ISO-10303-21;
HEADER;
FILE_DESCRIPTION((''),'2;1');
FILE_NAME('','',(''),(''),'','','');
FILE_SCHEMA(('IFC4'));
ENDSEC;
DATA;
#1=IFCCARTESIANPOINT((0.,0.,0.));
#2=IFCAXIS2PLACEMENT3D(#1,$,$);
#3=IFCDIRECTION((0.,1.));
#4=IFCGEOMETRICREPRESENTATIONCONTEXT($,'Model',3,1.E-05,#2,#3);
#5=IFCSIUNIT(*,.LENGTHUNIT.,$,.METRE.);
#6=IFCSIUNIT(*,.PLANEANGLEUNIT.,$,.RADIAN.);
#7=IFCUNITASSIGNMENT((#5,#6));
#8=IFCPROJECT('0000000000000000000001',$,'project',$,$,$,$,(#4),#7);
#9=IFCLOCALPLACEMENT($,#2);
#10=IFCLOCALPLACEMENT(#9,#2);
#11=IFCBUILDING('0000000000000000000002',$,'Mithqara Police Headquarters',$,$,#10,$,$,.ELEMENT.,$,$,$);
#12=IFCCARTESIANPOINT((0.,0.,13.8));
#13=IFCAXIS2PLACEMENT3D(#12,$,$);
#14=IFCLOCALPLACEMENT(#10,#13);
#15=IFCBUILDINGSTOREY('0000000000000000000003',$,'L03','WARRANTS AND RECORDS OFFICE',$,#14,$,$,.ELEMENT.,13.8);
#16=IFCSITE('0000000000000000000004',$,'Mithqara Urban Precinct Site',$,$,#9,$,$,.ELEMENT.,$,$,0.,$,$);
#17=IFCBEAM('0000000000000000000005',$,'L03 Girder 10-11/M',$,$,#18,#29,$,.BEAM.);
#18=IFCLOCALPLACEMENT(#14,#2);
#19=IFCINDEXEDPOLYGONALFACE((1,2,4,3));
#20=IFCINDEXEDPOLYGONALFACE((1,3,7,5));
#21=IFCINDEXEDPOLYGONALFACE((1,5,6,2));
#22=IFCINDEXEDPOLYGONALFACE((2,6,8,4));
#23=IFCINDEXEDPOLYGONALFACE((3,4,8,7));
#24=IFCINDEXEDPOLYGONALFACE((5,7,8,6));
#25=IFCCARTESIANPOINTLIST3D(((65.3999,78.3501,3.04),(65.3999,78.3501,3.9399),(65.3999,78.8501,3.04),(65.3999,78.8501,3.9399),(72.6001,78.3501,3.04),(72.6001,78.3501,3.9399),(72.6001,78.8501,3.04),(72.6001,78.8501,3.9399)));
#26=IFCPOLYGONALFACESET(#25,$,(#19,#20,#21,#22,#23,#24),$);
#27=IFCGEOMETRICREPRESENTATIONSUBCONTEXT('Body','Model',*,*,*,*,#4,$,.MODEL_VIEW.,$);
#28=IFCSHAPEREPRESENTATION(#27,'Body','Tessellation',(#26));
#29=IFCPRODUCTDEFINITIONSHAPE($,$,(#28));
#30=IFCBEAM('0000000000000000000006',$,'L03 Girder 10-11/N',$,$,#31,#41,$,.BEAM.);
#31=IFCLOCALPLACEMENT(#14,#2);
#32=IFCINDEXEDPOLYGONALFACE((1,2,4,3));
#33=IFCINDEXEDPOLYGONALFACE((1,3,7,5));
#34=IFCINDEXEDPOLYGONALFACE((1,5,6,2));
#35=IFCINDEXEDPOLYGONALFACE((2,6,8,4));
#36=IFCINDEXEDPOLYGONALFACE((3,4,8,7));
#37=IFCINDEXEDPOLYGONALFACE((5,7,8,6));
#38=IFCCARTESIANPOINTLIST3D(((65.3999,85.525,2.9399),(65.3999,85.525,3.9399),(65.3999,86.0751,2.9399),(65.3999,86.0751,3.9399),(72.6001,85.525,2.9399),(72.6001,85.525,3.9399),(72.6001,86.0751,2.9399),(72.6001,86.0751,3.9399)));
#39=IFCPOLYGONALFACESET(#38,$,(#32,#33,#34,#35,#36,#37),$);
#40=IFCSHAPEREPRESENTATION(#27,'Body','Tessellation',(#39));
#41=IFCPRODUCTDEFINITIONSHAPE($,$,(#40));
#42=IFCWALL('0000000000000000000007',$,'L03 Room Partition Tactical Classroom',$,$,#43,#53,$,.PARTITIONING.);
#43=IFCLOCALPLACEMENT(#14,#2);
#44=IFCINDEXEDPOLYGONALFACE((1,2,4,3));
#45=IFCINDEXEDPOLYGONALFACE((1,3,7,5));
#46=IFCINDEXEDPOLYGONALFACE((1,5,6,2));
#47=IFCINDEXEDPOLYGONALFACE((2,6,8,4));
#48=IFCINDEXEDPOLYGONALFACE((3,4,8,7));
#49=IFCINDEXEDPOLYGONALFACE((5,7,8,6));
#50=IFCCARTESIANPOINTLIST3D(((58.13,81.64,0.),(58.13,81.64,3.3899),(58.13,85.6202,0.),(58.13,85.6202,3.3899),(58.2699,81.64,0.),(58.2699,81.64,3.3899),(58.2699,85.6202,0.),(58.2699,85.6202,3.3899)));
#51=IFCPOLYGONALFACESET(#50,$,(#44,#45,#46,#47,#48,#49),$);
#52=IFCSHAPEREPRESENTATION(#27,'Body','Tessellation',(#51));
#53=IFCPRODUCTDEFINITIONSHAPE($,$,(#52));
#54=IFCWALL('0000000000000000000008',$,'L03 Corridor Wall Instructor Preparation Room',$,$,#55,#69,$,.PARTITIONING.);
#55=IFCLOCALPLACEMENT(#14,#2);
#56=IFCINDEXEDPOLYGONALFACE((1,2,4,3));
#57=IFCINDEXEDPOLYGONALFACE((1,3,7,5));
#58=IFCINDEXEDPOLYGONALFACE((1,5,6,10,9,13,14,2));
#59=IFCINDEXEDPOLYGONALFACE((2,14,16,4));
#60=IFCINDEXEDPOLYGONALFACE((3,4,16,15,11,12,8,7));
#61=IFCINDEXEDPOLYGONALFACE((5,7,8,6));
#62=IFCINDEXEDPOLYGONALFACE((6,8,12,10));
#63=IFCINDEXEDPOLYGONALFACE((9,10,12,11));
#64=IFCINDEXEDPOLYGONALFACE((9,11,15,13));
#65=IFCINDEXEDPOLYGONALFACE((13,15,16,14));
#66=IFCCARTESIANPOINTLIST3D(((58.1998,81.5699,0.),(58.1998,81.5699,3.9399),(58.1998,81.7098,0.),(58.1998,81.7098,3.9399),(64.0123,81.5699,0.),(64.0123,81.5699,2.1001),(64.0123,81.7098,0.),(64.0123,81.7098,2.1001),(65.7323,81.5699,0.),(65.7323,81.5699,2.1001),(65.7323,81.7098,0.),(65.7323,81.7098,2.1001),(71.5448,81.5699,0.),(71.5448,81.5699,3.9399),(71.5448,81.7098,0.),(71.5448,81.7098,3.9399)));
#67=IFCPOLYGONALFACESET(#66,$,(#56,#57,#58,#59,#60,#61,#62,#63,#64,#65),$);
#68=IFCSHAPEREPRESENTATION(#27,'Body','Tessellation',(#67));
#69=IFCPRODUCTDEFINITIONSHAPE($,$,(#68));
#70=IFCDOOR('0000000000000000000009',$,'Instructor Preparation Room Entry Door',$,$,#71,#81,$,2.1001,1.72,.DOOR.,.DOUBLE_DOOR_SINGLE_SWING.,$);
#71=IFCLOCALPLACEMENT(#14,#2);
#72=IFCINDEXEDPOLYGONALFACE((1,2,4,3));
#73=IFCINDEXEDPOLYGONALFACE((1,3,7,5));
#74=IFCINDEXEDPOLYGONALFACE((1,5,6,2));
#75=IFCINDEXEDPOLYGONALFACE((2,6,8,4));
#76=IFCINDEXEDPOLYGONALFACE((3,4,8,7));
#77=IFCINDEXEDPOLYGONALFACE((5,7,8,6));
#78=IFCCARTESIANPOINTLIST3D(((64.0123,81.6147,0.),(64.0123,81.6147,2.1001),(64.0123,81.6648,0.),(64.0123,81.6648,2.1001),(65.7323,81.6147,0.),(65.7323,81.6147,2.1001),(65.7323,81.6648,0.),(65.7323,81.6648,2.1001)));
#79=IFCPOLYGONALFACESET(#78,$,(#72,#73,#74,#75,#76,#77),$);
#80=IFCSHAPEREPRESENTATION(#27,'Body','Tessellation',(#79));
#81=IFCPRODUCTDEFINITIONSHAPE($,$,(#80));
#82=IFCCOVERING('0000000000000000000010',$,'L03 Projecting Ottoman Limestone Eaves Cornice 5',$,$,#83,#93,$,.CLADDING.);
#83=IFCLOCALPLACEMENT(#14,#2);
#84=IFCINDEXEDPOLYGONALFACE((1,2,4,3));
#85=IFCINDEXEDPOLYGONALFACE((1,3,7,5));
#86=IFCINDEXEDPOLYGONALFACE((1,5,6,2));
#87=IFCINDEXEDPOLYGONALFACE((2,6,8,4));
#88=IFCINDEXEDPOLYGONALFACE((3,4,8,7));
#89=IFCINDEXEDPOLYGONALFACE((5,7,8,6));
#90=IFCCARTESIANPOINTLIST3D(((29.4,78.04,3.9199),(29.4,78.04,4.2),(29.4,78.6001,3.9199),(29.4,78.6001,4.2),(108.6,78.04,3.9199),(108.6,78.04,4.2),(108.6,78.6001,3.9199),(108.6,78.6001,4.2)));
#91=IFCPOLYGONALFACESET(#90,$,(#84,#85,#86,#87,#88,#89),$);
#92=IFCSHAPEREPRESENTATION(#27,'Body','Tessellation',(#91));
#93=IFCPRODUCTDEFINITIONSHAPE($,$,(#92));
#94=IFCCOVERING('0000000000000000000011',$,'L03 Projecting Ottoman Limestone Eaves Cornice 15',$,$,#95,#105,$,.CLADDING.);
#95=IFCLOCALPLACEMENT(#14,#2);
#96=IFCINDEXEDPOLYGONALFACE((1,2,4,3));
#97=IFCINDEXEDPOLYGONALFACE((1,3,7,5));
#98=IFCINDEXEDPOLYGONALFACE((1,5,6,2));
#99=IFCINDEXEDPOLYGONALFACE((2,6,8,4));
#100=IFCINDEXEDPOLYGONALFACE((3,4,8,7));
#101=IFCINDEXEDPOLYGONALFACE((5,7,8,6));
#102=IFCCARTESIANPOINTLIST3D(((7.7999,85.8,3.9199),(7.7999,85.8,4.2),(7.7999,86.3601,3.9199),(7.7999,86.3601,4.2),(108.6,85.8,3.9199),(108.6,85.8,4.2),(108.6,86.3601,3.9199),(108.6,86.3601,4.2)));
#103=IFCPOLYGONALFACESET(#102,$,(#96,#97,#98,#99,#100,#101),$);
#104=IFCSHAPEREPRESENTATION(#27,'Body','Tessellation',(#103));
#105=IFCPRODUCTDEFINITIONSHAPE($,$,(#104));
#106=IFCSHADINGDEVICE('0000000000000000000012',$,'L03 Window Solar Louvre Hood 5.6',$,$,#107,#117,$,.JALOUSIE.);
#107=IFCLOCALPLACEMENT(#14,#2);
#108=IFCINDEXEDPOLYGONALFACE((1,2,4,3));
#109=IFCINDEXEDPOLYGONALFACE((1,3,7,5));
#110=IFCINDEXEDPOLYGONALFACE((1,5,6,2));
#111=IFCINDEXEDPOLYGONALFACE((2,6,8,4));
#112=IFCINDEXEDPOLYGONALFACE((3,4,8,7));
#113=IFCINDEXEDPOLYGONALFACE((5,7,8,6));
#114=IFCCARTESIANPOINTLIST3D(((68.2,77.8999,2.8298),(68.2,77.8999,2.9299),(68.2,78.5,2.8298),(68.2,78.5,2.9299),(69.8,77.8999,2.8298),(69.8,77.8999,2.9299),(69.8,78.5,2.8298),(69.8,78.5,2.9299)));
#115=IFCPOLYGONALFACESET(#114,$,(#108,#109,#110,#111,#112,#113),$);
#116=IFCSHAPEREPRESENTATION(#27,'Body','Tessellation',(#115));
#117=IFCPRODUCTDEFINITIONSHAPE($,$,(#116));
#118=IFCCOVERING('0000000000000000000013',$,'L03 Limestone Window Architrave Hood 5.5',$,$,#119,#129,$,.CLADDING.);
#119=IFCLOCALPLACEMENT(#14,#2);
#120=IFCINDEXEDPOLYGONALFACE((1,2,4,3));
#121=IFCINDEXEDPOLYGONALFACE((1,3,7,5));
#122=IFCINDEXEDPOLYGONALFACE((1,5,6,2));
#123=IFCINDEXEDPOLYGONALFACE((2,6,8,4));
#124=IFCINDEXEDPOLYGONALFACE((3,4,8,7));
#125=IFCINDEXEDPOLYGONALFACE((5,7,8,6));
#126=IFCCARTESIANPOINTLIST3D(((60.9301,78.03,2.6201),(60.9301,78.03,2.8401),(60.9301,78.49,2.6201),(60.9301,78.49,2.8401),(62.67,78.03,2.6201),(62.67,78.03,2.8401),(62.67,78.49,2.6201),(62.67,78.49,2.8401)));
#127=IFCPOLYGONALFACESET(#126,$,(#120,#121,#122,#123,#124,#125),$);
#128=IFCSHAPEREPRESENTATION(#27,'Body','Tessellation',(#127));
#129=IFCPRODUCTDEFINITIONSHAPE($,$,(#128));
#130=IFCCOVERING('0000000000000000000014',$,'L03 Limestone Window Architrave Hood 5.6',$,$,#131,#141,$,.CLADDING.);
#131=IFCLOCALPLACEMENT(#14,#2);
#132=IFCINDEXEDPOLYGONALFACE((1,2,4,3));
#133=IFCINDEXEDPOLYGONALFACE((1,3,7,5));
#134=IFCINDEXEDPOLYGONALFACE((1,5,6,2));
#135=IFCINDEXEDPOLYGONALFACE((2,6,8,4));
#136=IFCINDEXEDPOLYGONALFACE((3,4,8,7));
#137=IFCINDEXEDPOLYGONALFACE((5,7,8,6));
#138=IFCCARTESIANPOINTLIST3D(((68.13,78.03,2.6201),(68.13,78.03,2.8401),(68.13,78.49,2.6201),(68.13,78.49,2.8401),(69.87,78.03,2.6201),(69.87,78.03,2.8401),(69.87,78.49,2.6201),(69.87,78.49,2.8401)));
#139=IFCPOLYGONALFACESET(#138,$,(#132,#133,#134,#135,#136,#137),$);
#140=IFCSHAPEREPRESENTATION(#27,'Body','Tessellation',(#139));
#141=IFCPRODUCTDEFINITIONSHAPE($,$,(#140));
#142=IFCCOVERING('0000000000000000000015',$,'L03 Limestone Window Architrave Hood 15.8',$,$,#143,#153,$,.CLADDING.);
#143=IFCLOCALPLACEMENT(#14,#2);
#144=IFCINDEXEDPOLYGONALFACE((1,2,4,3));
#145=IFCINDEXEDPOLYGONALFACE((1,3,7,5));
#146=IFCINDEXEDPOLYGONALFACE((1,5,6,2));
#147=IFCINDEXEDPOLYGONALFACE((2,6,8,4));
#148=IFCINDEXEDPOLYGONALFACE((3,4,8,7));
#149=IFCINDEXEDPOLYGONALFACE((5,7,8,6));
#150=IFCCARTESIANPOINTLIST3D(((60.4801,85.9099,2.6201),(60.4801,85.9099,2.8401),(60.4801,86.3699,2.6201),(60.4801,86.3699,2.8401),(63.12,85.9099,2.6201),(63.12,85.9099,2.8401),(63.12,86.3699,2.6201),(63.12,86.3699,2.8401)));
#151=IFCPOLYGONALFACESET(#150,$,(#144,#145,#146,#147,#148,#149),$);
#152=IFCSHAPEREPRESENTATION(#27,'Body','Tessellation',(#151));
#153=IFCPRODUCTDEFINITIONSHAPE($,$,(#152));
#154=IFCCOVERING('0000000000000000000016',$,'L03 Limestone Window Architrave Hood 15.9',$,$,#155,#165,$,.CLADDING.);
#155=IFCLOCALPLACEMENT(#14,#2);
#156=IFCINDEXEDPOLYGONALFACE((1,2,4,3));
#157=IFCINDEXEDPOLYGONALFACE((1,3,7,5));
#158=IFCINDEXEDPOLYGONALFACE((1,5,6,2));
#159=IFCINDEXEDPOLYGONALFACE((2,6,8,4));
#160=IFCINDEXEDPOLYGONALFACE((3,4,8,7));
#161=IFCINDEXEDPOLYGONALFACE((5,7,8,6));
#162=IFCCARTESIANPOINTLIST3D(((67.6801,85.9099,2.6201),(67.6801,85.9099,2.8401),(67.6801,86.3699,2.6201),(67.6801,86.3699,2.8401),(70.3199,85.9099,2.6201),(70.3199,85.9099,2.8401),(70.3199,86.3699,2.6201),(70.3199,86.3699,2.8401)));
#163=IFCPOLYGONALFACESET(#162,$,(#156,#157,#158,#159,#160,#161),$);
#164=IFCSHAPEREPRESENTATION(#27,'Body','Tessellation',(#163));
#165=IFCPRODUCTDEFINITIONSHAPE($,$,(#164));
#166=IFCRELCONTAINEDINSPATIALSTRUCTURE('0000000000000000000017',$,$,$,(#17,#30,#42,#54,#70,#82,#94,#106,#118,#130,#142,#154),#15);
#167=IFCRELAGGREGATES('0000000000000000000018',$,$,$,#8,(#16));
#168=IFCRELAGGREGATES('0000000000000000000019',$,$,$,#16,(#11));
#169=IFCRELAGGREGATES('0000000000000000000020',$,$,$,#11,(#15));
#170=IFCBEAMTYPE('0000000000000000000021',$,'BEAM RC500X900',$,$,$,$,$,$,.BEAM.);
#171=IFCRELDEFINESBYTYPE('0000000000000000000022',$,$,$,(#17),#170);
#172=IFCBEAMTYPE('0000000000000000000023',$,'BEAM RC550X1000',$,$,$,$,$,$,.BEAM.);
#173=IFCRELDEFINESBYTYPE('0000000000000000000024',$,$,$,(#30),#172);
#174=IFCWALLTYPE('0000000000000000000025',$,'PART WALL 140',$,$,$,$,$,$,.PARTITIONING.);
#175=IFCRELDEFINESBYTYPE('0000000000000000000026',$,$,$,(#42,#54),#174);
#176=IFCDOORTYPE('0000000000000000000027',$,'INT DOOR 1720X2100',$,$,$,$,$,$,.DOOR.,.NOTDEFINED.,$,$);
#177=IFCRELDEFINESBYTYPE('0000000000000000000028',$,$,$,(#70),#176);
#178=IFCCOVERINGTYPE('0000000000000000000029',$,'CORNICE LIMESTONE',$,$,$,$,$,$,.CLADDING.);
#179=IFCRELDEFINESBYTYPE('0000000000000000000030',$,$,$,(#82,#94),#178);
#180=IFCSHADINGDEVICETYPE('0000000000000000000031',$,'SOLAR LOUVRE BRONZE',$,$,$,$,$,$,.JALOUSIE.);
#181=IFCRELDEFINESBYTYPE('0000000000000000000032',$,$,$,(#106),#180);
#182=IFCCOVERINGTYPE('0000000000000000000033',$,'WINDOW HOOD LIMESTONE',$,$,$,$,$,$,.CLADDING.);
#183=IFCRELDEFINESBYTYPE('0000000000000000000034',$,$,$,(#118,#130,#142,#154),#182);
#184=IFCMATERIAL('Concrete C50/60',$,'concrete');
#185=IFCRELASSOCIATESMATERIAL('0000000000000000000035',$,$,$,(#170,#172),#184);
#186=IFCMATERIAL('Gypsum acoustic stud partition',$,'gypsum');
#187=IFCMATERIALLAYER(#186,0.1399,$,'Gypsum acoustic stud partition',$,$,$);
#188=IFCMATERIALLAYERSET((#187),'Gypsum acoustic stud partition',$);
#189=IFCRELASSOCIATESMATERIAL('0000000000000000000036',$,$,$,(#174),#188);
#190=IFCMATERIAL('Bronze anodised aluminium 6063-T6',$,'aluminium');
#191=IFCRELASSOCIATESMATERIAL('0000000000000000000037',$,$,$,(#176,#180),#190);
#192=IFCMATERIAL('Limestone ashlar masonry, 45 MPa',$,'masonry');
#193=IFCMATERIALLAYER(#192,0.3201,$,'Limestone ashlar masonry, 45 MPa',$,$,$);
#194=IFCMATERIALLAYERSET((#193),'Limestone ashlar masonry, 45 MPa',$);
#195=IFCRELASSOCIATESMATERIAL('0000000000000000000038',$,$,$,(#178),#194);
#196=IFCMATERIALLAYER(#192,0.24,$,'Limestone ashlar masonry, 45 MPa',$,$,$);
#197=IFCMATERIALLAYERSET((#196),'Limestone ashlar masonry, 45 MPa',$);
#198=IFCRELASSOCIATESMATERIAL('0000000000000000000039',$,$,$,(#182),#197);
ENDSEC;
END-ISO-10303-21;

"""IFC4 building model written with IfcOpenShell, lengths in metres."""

from ifc_helpers import new_model, si_unit, direction, frame, frame_2d, origin, origin_2d, place, context, subcontext, project, spatial, rectangle, extrude, material, layer, layer_set, material_profile, profile_set, type_object, element, fill, save


model = new_model("IFC4")

# Units and contexts
model_context = context("Model", 3, precision=1e-05, world=origin(), true_north=direction((0.0, 1.0)))
body_context = subcontext(model_context, "Body", "Model", "MODEL_VIEW")
ifc_project = project(units=[si_unit("LENGTHUNIT", "METRE"), si_unit("PLANEANGLEUNIT", "RADIAN")], contexts=[model_context])

# Site, building, storey
site_placement = place(None, origin())
site = spatial("IfcSite", under=ifc_project, at=site_placement, Name="Mithqara Urban Precinct Site", CompositionType="ELEMENT", RefElevation=0.0)
building_placement = place(site_placement, origin())
building = spatial("IfcBuilding", under=site, at=building_placement, Name="Mithqara Police Headquarters", CompositionType="ELEMENT")
storey_placement = place(building_placement, frame((0.0, 0.0, 13.8)))
storey = spatial("IfcBuildingStorey", under=building, at=storey_placement, Name="L03", Description="WARRANTS AND RECORDS OFFICE", CompositionType="ELEMENT", Elevation=13.8)

# Shared definitions
ifc_material_1 = material(Name="Concrete C50/60", Category="concrete")

# Beams
ifc_material_profile_1 = material_profile(ifc_material_1, rectangle(XDim=0.5, YDim=0.8999, at=origin_2d()), Name="RC 500x900")
ifc_profile_set_1 = profile_set([ifc_material_profile_1], Name="Concrete C50/60")
beam_type_1 = type_object("IfcBeamType", Name="BEAM RC500X900", PredefinedType="BEAM", material=ifc_profile_set_1)
beam_1_placement = place(storey_placement, frame((65.3999, 78.6001, 3.49), z_axis=(1.0, 0.0, 0.0), x_axis=(0.0, 1.0, 0.0)))
element("IfcBeam", 1, at=beam_1_placement, inside=storey, type_object=beam_type_1, Name="L03 Girder 10-11/M", PredefinedType="BEAM", context=body_context, shape_type="SweptSolid", body=[
    extrude(rectangle(XDim=0.5, YDim=0.8999, at=origin_2d()), origin(), (0.0, 0.0, 1.0), 7.2002),
])
ifc_material_profile_2 = material_profile(ifc_material_1, rectangle(XDim=0.55, YDim=1.0, at=origin_2d()), Name="RC 550x1000")
ifc_profile_set_2 = profile_set([ifc_material_profile_2], Name="Concrete C50/60")
beam_type_2 = type_object("IfcBeamType", Name="BEAM RC550X1000", PredefinedType="BEAM", material=ifc_profile_set_2)
beam_2_placement = place(storey_placement, frame((65.3999, 85.8, 3.4399), z_axis=(1.0, 0.0, 0.0), x_axis=(0.0, 1.0, 0.0)))
element("IfcBeam", 2, at=beam_2_placement, inside=storey, type_object=beam_type_2, Name="L03 Girder 10-11/N", PredefinedType="BEAM", context=body_context, shape_type="SweptSolid", body=[
    extrude(rectangle(XDim=0.55, YDim=1.0, at=origin_2d()), origin(), (0.0, 0.0, 1.0), 7.2002),
])

# Wall
ifc_material_2 = material(Name="Gypsum acoustic stud partition", Category="gypsum")
ifc_layer_1 = layer(ifc_material_2, 0.1399, Name="Gypsum acoustic stud partition")
ifc_layer_set_1 = layer_set([ifc_layer_1], Name="Gypsum acoustic stud partition")
wall_type = type_object("IfcWallType", Name="PART WALL 140", PredefinedType="PARTITIONING", material=ifc_layer_set_1)
wall_1_placement = place(storey_placement, frame((58.2, 81.6399, 0.0), z_axis=(0.0, 0.0, 1.0), x_axis=(0.0, 1.0, 0.0)))
element("IfcWall", 3, at=wall_1_placement, inside=storey, type_object=wall_type, Name="L03 Room Partition Tactical Classroom", PredefinedType="PARTITIONING", context=body_context, shape_type="SweptSolid", body=[
    extrude(rectangle(XDim=3.9802, YDim=0.1399, at=frame_2d((1.9902, 0.0))), origin(), (0.0, 0.0, 1.0), 3.3899),
])

# Wall, opening, door
wall_2_placement = place(storey_placement, frame((58.2, 81.6399, 0.0), z_axis=(0.0, 0.0, 1.0), x_axis=(1.0, 0.0, 0.0)))
wall_2 = element("IfcWall", 4, at=wall_2_placement, inside=storey, type_object=wall_type, Name="L03 Corridor Wall Instructor Preparation Room", PredefinedType="PARTITIONING", context=body_context, shape_type="SweptSolid", body=[
    extrude(rectangle(XDim=13.345, YDim=0.1399, at=frame_2d((6.6724, 0.0))), origin(), (0.0, 0.0, 1.0), 3.9399),
])
opening_placement = place(wall_2_placement, frame((5.8125, 0.0, 0.0)))
opening = element("IfcOpeningElement", 5, at=opening_placement, cuts=wall_2, PredefinedType="OPENING", context=body_context, shape_type="SweptSolid", body=[
    extrude(rectangle(XDim=1.72, YDim=2.1001, at=frame_2d((0.8599, 1.05))), frame((0.0, 0.0801, 0.0), z_axis=(0.0, -1.0, 0.0), x_axis=(1.0, 0.0, 0.0)), (0.0, 0.0, 1.0), 0.1599),
])
ifc_material_3 = material(Name="Bronze anodised aluminium 6063-T6", Category="aluminium")
door_type = type_object("IfcDoorType", Name="INT DOOR 1720X2100", OperationType="NOTDEFINED", PredefinedType="DOOR", material=ifc_material_3)
door_placement = place(opening_placement, origin())
door = element("IfcDoor", 6, at=door_placement, inside=storey, type_object=door_type, Name="Instructor Preparation Room Entry Door", OperationType="DOUBLE_DOOR_SINGLE_SWING", OverallHeight=2.1001, OverallWidth=1.72, PredefinedType="DOOR", context=body_context, shape_type="SweptSolid", body=[
    extrude(rectangle(XDim=1.72, YDim=2.1001, at=frame_2d((0.8599, 1.05))), frame((0.0, 0.0249, 0.0), z_axis=(0.0, -1.0, 0.0), x_axis=(1.0, 0.0, 0.0)), (0.0, 0.0, 1.0), 0.05),
])
fill(opening, door)

# Coverings
ifc_material_4 = material(Name="Limestone ashlar masonry, 45 MPa", Category="masonry")
ifc_layer_2 = layer(ifc_material_4, 0.3201, Name="Limestone ashlar masonry, 45 MPa")
ifc_layer_set_2 = layer_set([ifc_layer_2], Name="Limestone ashlar masonry, 45 MPa")
covering_type_1 = type_object("IfcCoveringType", Name="CORNICE LIMESTONE", PredefinedType="CLADDING", material=ifc_layer_set_2)
covering_1_placement = place(storey_placement, frame((69.0, 78.3201, 3.9199), z_axis=(0.0, 0.0, 1.0), x_axis=(1.0, 0.0, 0.0)))
element("IfcCovering", 7, at=covering_1_placement, inside=storey, type_object=covering_type_1, Name="L03 Projecting Ottoman Limestone Eaves Cornice 5", PredefinedType="CLADDING", context=body_context, shape_type="SweptSolid", body=[
    extrude(rectangle(XDim=79.2, YDim=0.5601, at=origin_2d()), origin(), (0.0, 0.0, 1.0), 0.28),
])
covering_2_placement = place(storey_placement, frame((58.2, 86.0801, 3.9199), z_axis=(0.0, 0.0, 1.0), x_axis=(1.0, 0.0, 0.0)))
element("IfcCovering", 8, at=covering_2_placement, inside=storey, type_object=covering_type_1, Name="L03 Projecting Ottoman Limestone Eaves Cornice 15", PredefinedType="CLADDING", context=body_context, shape_type="SweptSolid", body=[
    extrude(rectangle(XDim=100.8, YDim=0.5601, at=origin_2d()), origin(), (0.0, 0.0, 1.0), 0.28),
])

# Shading device
shading_device_type = type_object("IfcShadingDeviceType", Name="SOLAR LOUVRE BRONZE", PredefinedType="JALOUSIE", material=ifc_material_3)
shading_device_placement = place(storey_placement, frame((69.0, 78.2, 2.8298), z_axis=(0.0, 0.0, 1.0), x_axis=(1.0, 0.0, 0.0)))
element("IfcShadingDevice", 9, at=shading_device_placement, inside=storey, type_object=shading_device_type, Name="L03 Window Solar Louvre Hood 5.6", PredefinedType="JALOUSIE", context=body_context, shape_type="SweptSolid", body=[
    extrude(rectangle(XDim=1.6001, YDim=0.6001, at=origin_2d()), origin(), (0.0, 0.0, 1.0), 0.1001),
])

# Coverings
ifc_layer_3 = layer(ifc_material_4, 0.24, Name="Limestone ashlar masonry, 45 MPa")
ifc_layer_set_3 = layer_set([ifc_layer_3], Name="Limestone ashlar masonry, 45 MPa")
covering_type_2 = type_object("IfcCoveringType", Name="WINDOW HOOD LIMESTONE", PredefinedType="CLADDING", material=ifc_layer_set_3)
for number, where, z_axis, x_axis, name in (
    (10, (61.8, 78.26, 2.6201), (0.0, 0.0, 1.0), (1.0, 0.0, 0.0), "L03 Limestone Window Architrave Hood 5.5"),
    (11, (69.0, 78.26, 2.6201), (0.0, 0.0, 1.0), (1.0, 0.0, 0.0), "L03 Limestone Window Architrave Hood 5.6"),
):
    element("IfcCovering", number, at=place(storey_placement, frame(where, z_axis=z_axis, x_axis=x_axis)), inside=storey, type_object=covering_type_2, Name=name, PredefinedType="CLADDING", context=body_context, shape_type="SweptSolid", body=[
        extrude(rectangle(XDim=1.74, YDim=0.46, at=origin_2d()), origin(), (0.0, 0.0, 1.0), 0.22),
    ])
for number, where, z_axis, x_axis, name in (
    (12, (61.8, 86.1399, 2.6201), (0.0, 0.0, 1.0), (1.0, 0.0, 0.0), "L03 Limestone Window Architrave Hood 15.8"),
    (13, (69.0, 86.1399, 2.6201), (0.0, 0.0, 1.0), (1.0, 0.0, 0.0), "L03 Limestone Window Architrave Hood 15.9"),
):
    element("IfcCovering", number, at=place(storey_placement, frame(where, z_axis=z_axis, x_axis=x_axis)), inside=storey, type_object=covering_type_2, Name=name, PredefinedType="CLADDING", context=body_context, shape_type="SweptSolid", body=[
        extrude(rectangle(XDim=2.6399, YDim=0.46, at=origin_2d()), origin(), (0.0, 0.0, 1.0), 0.22),
    ])

save(model, "model.ifc")
